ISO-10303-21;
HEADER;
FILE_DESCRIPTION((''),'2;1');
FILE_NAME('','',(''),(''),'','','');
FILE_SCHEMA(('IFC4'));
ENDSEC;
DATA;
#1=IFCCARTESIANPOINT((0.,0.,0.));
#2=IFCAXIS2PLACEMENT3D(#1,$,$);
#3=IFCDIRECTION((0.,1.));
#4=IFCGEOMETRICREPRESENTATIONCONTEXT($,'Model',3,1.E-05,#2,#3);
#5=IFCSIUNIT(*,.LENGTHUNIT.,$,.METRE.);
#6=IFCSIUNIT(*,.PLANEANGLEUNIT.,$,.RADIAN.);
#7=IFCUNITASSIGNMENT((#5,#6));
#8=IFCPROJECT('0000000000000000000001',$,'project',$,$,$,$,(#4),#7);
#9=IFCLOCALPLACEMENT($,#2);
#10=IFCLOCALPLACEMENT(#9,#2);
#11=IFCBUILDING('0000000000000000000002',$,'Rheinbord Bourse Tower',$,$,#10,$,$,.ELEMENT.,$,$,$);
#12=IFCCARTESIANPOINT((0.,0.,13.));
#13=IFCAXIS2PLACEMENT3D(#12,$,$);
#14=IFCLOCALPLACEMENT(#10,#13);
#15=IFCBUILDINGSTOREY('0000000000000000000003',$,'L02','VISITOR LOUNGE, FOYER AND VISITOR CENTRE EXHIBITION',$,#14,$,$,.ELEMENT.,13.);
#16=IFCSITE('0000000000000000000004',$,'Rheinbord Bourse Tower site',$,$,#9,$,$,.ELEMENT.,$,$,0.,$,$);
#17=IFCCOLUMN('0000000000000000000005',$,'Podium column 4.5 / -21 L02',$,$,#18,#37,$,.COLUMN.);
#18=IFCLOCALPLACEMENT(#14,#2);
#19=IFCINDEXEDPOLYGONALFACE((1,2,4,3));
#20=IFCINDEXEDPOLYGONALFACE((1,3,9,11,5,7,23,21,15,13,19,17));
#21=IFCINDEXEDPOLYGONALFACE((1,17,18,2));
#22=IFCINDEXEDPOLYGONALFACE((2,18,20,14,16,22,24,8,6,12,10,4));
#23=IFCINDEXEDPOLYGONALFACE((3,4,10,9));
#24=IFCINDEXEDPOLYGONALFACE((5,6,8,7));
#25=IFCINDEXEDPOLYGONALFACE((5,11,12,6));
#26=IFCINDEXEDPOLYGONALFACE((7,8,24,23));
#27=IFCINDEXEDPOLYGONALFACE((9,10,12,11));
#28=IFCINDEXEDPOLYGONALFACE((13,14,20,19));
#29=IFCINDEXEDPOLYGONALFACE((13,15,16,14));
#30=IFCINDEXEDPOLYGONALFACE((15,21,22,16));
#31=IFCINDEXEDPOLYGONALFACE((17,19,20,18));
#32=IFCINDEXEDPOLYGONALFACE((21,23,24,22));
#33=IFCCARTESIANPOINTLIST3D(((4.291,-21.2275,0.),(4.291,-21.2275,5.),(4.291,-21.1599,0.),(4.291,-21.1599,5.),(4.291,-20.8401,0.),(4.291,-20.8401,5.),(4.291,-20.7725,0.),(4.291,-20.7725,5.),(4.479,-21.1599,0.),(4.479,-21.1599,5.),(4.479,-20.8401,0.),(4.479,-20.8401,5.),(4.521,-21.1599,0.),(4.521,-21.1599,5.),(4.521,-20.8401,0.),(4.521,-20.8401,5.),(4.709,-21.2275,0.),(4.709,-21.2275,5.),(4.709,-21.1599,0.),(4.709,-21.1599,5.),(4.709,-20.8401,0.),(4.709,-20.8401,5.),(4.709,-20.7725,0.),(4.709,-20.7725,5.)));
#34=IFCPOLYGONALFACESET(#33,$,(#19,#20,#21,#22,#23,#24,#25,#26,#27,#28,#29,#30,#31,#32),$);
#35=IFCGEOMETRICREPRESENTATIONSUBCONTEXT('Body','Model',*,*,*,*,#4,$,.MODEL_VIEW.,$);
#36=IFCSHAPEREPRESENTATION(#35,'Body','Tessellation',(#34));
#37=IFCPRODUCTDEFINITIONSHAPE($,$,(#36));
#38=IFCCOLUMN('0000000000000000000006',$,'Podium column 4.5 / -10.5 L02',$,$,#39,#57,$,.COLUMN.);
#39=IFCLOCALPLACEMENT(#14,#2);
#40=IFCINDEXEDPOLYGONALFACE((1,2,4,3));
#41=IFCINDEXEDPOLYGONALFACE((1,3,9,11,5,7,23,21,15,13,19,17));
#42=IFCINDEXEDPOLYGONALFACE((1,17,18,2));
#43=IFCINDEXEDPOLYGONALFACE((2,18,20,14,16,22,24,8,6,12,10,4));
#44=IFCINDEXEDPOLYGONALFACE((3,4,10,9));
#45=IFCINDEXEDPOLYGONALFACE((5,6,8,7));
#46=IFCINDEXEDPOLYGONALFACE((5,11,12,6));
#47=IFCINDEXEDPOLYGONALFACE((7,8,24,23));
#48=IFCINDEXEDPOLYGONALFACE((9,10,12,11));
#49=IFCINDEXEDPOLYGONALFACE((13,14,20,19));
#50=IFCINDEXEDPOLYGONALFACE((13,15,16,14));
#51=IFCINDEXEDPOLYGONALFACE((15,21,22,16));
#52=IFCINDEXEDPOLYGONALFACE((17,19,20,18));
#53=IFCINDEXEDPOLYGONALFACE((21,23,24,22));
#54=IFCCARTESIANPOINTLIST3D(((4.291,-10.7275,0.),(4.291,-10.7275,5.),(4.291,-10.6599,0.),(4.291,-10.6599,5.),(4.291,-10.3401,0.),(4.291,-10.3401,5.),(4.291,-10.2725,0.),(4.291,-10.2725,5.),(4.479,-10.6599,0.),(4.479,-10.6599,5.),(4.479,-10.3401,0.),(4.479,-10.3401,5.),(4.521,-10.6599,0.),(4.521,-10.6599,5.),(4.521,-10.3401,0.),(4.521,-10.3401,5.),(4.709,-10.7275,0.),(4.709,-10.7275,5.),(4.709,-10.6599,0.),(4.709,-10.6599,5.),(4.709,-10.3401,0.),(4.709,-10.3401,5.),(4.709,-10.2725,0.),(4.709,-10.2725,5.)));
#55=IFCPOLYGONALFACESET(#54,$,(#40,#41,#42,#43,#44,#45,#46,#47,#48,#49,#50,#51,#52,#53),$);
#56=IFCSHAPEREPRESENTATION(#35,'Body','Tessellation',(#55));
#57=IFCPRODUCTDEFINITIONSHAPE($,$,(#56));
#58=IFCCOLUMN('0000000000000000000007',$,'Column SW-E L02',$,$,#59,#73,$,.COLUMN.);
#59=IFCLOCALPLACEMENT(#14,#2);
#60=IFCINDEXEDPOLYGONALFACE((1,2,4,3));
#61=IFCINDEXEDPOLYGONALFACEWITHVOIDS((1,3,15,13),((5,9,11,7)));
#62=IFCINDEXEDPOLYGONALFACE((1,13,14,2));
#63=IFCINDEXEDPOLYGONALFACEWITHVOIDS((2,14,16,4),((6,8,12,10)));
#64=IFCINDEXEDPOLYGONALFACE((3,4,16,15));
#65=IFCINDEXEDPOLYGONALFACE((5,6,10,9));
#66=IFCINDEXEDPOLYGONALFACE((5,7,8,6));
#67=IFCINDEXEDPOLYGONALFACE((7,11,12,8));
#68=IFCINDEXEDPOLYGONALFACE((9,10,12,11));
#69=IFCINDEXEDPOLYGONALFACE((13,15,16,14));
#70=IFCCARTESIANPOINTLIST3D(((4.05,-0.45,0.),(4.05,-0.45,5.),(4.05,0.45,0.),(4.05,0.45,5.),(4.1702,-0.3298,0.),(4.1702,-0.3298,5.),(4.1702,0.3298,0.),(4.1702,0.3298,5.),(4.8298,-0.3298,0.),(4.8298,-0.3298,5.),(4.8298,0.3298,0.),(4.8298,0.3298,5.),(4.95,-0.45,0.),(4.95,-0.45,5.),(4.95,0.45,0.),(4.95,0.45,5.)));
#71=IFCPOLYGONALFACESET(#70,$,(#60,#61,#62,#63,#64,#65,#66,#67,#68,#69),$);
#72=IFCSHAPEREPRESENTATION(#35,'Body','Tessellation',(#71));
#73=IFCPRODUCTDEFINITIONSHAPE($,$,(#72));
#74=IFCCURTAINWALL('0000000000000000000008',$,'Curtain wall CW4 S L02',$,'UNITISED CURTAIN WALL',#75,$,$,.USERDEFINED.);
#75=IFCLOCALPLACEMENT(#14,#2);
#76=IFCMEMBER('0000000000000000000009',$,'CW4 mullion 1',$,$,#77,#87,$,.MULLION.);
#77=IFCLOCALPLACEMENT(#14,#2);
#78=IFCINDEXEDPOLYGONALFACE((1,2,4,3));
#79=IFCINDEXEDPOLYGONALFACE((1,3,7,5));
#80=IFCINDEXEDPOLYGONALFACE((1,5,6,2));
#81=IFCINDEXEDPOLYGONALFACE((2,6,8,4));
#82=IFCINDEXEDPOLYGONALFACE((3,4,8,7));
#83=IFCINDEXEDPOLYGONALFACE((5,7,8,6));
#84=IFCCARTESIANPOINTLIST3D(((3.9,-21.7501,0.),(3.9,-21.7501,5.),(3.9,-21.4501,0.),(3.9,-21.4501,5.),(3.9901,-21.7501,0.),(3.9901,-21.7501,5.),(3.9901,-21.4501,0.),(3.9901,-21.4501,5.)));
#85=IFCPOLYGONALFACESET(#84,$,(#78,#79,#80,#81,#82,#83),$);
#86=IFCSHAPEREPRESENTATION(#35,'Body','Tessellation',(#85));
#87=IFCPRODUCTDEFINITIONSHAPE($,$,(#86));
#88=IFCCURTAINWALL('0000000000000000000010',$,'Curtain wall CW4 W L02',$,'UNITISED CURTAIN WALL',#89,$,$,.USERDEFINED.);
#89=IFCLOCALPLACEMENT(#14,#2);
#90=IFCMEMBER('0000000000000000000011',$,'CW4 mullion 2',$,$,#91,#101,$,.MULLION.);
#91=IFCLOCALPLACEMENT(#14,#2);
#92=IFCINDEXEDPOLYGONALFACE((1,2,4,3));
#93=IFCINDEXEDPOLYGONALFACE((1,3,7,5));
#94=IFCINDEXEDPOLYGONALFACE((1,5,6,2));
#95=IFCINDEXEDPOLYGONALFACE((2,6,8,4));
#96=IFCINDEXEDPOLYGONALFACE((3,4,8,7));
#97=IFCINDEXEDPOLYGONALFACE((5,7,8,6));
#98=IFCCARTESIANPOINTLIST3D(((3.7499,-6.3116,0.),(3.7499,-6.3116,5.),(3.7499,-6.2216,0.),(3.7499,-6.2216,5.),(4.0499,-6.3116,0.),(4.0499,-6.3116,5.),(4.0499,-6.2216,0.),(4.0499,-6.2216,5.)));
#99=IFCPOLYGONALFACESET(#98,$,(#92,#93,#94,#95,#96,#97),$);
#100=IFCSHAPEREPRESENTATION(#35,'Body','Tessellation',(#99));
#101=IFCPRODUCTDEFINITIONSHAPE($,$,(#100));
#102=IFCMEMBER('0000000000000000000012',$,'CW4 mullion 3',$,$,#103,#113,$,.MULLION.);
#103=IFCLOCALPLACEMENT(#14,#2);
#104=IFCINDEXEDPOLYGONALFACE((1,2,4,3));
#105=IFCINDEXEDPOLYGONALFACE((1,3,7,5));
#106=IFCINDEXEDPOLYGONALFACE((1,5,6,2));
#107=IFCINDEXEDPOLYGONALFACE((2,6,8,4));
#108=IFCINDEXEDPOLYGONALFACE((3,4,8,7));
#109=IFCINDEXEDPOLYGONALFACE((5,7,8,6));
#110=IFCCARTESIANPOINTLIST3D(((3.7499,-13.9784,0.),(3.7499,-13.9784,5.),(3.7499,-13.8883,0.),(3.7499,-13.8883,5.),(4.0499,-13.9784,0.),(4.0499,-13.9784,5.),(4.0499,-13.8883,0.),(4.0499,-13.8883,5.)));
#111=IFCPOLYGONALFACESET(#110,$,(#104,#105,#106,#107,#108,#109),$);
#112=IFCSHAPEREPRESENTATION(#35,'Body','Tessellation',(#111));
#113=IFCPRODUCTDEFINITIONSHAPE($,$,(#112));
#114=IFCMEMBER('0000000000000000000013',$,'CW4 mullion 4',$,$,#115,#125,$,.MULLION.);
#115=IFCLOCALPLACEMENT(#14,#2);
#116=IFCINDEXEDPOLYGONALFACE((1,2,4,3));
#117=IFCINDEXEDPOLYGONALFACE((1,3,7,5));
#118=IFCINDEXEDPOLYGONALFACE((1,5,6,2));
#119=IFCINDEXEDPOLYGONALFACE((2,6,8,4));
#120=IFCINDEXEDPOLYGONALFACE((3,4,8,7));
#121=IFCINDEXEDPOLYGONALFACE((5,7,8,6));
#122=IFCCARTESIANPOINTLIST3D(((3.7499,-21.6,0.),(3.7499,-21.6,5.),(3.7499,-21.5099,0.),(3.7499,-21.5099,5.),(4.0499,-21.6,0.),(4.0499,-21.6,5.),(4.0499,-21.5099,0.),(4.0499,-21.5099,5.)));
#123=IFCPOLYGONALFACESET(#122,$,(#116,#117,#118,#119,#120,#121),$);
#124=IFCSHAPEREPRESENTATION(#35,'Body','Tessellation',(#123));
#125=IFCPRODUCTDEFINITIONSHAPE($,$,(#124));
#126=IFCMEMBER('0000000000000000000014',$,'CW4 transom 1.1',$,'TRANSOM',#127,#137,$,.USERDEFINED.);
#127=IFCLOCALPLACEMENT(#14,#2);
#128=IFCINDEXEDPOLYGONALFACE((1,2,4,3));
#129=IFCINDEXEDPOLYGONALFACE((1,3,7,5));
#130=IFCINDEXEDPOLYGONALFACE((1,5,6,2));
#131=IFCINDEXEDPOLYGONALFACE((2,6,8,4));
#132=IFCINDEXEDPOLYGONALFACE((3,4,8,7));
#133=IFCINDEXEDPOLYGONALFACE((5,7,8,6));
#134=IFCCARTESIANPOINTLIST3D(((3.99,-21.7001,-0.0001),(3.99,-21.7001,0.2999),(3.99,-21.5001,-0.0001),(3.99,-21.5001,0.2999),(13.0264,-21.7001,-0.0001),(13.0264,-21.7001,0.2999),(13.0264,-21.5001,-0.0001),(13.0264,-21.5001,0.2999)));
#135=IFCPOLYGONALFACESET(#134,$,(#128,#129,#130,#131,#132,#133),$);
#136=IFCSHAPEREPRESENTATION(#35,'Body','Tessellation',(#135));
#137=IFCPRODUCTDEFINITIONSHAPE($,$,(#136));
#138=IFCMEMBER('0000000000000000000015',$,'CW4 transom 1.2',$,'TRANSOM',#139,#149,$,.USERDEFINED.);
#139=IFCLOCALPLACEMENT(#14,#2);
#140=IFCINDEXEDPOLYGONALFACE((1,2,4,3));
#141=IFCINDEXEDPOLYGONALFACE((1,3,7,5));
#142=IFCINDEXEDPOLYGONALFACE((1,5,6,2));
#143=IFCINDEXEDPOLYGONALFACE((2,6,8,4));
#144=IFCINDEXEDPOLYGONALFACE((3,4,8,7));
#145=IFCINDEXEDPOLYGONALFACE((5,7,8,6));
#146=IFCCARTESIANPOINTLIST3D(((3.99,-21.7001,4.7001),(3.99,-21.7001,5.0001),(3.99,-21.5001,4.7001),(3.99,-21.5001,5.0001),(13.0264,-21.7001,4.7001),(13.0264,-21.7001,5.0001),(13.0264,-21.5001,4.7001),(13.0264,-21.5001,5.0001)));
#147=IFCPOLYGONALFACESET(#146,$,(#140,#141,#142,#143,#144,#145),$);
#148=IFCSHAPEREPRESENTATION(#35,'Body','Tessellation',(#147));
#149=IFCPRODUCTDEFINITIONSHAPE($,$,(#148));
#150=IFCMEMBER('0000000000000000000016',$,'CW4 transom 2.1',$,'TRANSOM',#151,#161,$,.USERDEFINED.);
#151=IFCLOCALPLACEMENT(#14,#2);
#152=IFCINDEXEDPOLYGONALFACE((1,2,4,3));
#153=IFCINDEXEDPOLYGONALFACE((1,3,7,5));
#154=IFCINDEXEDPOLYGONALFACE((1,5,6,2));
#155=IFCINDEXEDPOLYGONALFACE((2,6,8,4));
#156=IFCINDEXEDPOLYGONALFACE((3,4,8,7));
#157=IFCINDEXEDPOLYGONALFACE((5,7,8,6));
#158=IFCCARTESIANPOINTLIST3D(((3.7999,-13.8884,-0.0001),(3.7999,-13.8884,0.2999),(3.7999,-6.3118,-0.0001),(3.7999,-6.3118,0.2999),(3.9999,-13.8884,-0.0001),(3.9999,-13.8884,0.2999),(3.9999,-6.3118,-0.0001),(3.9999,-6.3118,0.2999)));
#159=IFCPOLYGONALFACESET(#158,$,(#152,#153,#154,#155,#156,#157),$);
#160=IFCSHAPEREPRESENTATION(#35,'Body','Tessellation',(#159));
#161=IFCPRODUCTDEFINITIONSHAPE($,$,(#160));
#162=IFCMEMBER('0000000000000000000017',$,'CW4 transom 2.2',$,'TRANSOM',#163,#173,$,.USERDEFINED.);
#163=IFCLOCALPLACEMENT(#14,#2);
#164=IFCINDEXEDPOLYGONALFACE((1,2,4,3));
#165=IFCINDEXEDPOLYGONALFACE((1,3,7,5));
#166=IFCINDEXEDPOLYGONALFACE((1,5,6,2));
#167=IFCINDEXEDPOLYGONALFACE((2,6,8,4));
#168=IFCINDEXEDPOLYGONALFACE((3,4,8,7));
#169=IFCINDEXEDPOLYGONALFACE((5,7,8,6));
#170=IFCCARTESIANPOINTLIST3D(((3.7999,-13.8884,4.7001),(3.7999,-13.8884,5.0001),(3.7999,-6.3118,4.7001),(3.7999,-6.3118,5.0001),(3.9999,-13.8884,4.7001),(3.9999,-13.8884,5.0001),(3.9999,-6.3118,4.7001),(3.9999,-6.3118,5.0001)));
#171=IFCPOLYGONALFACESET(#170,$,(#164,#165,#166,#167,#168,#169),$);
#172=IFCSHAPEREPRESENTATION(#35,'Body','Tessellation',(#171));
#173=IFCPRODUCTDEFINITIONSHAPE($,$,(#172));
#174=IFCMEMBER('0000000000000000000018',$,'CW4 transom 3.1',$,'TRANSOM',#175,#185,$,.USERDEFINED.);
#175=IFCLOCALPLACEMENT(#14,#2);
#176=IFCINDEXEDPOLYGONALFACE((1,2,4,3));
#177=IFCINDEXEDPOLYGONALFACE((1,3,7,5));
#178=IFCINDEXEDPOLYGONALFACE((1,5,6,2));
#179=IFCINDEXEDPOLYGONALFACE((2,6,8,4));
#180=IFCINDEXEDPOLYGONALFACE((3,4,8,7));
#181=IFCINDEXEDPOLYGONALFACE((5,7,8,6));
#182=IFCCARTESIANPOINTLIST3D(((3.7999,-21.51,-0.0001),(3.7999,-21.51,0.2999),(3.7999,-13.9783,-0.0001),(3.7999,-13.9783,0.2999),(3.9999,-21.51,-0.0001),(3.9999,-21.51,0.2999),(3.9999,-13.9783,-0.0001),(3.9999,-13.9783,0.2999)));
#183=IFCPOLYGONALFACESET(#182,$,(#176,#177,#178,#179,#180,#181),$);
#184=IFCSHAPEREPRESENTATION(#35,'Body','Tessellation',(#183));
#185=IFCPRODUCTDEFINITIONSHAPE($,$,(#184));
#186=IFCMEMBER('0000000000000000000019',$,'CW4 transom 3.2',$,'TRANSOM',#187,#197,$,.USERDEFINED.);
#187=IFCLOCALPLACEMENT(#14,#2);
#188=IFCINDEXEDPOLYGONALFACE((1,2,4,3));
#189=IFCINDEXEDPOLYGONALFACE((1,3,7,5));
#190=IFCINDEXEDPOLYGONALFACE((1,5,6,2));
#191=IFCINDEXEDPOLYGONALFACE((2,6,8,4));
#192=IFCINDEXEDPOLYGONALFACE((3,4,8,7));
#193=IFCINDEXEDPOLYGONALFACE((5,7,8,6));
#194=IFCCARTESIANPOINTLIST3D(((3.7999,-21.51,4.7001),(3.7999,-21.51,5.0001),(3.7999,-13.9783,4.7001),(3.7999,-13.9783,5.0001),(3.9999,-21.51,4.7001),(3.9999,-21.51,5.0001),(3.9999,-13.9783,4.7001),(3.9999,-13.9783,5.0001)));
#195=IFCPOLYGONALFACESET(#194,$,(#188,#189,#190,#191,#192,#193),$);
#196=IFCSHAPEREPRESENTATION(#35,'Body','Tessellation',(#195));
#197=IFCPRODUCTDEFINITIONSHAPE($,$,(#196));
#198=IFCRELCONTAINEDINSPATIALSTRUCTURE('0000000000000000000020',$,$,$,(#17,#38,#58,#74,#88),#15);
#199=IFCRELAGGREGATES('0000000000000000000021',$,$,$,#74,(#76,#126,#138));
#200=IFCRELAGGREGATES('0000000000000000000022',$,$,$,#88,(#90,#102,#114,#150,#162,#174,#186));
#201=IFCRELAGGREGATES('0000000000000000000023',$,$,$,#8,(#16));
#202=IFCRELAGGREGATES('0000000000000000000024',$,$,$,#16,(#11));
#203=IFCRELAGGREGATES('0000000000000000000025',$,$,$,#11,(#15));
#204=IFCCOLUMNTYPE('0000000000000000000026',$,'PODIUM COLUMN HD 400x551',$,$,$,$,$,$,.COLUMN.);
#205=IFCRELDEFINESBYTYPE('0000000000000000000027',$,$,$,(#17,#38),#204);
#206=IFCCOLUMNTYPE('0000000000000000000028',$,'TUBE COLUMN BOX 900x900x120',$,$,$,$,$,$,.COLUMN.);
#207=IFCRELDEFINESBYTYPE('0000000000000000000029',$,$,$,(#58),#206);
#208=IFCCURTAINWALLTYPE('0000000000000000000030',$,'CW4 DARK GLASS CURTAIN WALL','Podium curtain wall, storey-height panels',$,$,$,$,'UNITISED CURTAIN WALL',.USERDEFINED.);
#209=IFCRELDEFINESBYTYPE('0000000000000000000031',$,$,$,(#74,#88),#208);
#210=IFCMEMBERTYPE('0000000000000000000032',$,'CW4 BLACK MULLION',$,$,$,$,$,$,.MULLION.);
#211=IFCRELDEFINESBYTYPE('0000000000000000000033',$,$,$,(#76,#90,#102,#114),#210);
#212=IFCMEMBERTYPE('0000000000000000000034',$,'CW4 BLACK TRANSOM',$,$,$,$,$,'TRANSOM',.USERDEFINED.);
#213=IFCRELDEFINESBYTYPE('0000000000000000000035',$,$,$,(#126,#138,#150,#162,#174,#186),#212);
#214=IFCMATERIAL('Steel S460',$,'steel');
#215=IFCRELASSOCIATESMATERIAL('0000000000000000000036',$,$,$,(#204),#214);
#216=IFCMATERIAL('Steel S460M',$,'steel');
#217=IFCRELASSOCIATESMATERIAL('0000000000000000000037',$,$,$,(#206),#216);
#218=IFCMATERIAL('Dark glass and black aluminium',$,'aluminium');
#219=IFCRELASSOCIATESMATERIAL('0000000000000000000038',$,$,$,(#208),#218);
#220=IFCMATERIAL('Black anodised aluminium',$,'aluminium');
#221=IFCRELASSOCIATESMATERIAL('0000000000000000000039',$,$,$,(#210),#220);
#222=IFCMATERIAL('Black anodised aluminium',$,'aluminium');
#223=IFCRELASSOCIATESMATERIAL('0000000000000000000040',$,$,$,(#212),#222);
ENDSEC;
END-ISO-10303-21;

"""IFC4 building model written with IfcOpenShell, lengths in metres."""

from ifc_helpers import new_model, si_unit, direction, frame, origin, origin_2d, place, context, subcontext, project, spatial, rectangle, hollow_rectangle, i_section, extrude, material, material_profile, profile_set, type_object, element, aggregate, save


model = new_model("IFC4")

# Units and contexts
model_context = context("Model", 3, precision=1e-05, world=origin(), true_north=direction((0.0, 1.0)))
body_context = subcontext(model_context, "Body", "Model", "MODEL_VIEW")
ifc_project = project(units=[si_unit("LENGTHUNIT", "METRE"), si_unit("PLANEANGLEUNIT", "RADIAN")], contexts=[model_context])

# Site, building, storey
site_placement = place(None, origin())
site = spatial("IfcSite", under=ifc_project, at=site_placement, Name="Rheinbord Bourse Tower site", CompositionType="ELEMENT", RefElevation=0.0)
building_placement = place(site_placement, origin())
building = spatial("IfcBuilding", under=site, at=building_placement, Name="Rheinbord Bourse Tower", CompositionType="ELEMENT")
storey_placement = place(building_placement, frame((0.0, 0.0, 13.0)))
storey = spatial("IfcBuildingStorey", under=building, at=storey_placement, Name="L02", Description="VISITOR LOUNGE, FOYER AND VISITOR CENTRE EXHIBITION", CompositionType="ELEMENT", Elevation=13.0)

# Columns
ifc_material_1 = material(Name="Steel S460", Category="steel")
ifc_material_profile_1 = material_profile(ifc_material_1, i_section(OverallWidth=0.418, OverallDepth=0.4551, WebThickness=0.042, FlangeThickness=0.0676, at=origin_2d()), Name="HD 400x551")
ifc_profile_set_1 = profile_set([ifc_material_profile_1], Name="Steel S460")
column_type_1 = type_object("IfcColumnType", Name="PODIUM COLUMN HD 400x551", PredefinedType="COLUMN", material=ifc_profile_set_1)
for number, where, z_axis, x_axis, name in (
    (1, (4.5, -21.0, 0.0), (0.0, 0.0, 1.0), (1.0, 0.0, 0.0), "Podium column 4.5 / -21 L02"),
    (2, (4.5, -10.5, 0.0), (0.0, 0.0, 1.0), (1.0, 0.0, 0.0), "Podium column 4.5 / -10.5 L02"),
):
    element("IfcColumn", number, at=place(storey_placement, frame(where, z_axis=z_axis, x_axis=x_axis)), inside=storey, type_object=column_type_1, Name=name, PredefinedType="COLUMN", context=body_context, shape_type="SweptSolid", body=[
        extrude(i_section(OverallWidth=0.418, OverallDepth=0.4551, WebThickness=0.042, FlangeThickness=0.0676, at=origin_2d()), origin(), (0.0, 0.0, 1.0), 5.0),
    ])
ifc_material_2 = material(Name="Steel S460M", Category="steel")
ifc_material_profile_2 = material_profile(ifc_material_2, hollow_rectangle(XDim=0.8999, YDim=0.8999, WallThickness=0.1201, at=origin_2d()), Name="BOX 900x900x120")
ifc_profile_set_2 = profile_set([ifc_material_profile_2], Name="Steel S460M")
column_type_2 = type_object("IfcColumnType", Name="TUBE COLUMN BOX 900x900x120", PredefinedType="COLUMN", material=ifc_profile_set_2)
column_placement = place(storey_placement, frame((4.5, 0.0, 0.0), z_axis=(0.0, 0.0, 1.0), x_axis=(0.0, 1.0, 0.0)))
element("IfcColumn", 3, at=column_placement, inside=storey, type_object=column_type_2, Name="Column SW-E L02", PredefinedType="COLUMN", context=body_context, shape_type="SweptSolid", body=[
    extrude(hollow_rectangle(XDim=0.8999, YDim=0.8999, WallThickness=0.1201, at=origin_2d()), origin(), (0.0, 0.0, 1.0), 5.0),
])

# Curtain wall, member
ifc_material_3 = material(Name="Dark glass and black aluminium", Category="aluminium")
curtain_wall_type = type_object("IfcCurtainWallType", Name="CW4 DARK GLASS CURTAIN WALL", Description="Podium curtain wall, storey-height panels", ElementType="UNITISED CURTAIN WALL", PredefinedType="USERDEFINED", material=ifc_material_3)
curtain_wall_1_placement = place(storey_placement, origin())
curtain_wall_1 = element("IfcCurtainWall", 4, at=curtain_wall_1_placement, inside=storey, type_object=curtain_wall_type, Name="Curtain wall CW4 S L02", ObjectType="UNITISED CURTAIN WALL", PredefinedType="USERDEFINED")
ifc_material_4 = material(Name="Black anodised aluminium", Category="aluminium")
ifc_material_profile_3 = material_profile(ifc_material_4, rectangle(XDim=0.3, YDim=0.0901, at=origin_2d()), Name="CW4 MULLION 90x300")
ifc_profile_set_3 = profile_set([ifc_material_profile_3], Name="Black anodised aluminium")
member_type_1 = type_object("IfcMemberType", Name="CW4 BLACK MULLION", PredefinedType="MULLION", material=ifc_profile_set_3)
member_1_placement = place(storey_placement, frame((3.9451, -21.6001, 0.0), z_axis=(0.0, 0.0, 1.0), x_axis=(0.0, 1.0, 0.0)))
member_1 = element("IfcMember", 5, at=member_1_placement, type_object=member_type_1, Name="CW4 mullion 1", PredefinedType="MULLION", context=body_context, shape_type="SweptSolid", body=[
    extrude(rectangle(XDim=0.3, YDim=0.0901, at=origin_2d()), origin(), (0.0, 0.0, 1.0), 5.0),
])

# Curtain wall, members
curtain_wall_2_placement = place(storey_placement, origin())
curtain_wall_2 = element("IfcCurtainWall", 6, at=curtain_wall_2_placement, inside=storey, type_object=curtain_wall_type, Name="Curtain wall CW4 W L02", ObjectType="UNITISED CURTAIN WALL", PredefinedType="USERDEFINED")
member_2_placement = place(storey_placement, frame((3.8999, -6.2666, 0.0), z_axis=(0.0, 0.0, 1.0), x_axis=(1.0, 0.0, 0.0)))
member_2 = element("IfcMember", 7, at=member_2_placement, type_object=member_type_1, Name="CW4 mullion 2", PredefinedType="MULLION", context=body_context, shape_type="SweptSolid", body=[
    extrude(rectangle(XDim=0.3, YDim=0.0901, at=origin_2d()), origin(), (0.0, 0.0, 1.0), 5.0),
])
member_3_placement = place(storey_placement, frame((3.8999, -13.9333, 0.0), z_axis=(0.0, 0.0, 1.0), x_axis=(1.0, 0.0, 0.0)))
member_3 = element("IfcMember", 8, at=member_3_placement, type_object=member_type_1, Name="CW4 mullion 3", PredefinedType="MULLION", context=body_context, shape_type="SweptSolid", body=[
    extrude(rectangle(XDim=0.3, YDim=0.0901, at=origin_2d()), origin(), (0.0, 0.0, 1.0), 5.0),
])
member_4_placement = place(storey_placement, frame((3.8999, -21.5549, 0.0), z_axis=(0.0, 0.0, 1.0), x_axis=(1.0, 0.0, 0.0)))
member_4 = element("IfcMember", 9, at=member_4_placement, type_object=member_type_1, Name="CW4 mullion 4", PredefinedType="MULLION", context=body_context, shape_type="SweptSolid", body=[
    extrude(rectangle(XDim=0.3, YDim=0.0901, at=origin_2d()), origin(), (0.0, 0.0, 1.0), 5.0),
])

# Members
ifc_material_5 = material(Name="Black anodised aluminium", Category="aluminium")
ifc_material_profile_4 = material_profile(ifc_material_5, rectangle(XDim=0.2, YDim=0.3, at=origin_2d()), Name="CW4 TRANSOM 300x200")
ifc_profile_set_4 = profile_set([ifc_material_profile_4], Name="Black anodised aluminium")
member_type_2 = type_object("IfcMemberType", Name="CW4 BLACK TRANSOM", ElementType="TRANSOM", PredefinedType="USERDEFINED", material=ifc_profile_set_4)
member_5_placement = place(storey_placement, frame((3.99, -21.6001, 0.1499), z_axis=(1.0, 0.0, 0.0), x_axis=(0.0, 1.0, 0.0)))
member_5 = element("IfcMember", 10, at=member_5_placement, type_object=member_type_2, Name="CW4 transom 1.1", ObjectType="TRANSOM", PredefinedType="USERDEFINED", context=body_context, shape_type="SweptSolid", body=[
    extrude(rectangle(XDim=0.2, YDim=0.3, at=origin_2d()), origin(), (0.0, 0.0, 1.0), 9.0364),
])
member_6_placement = place(storey_placement, frame((3.99, -21.6001, 4.8501), z_axis=(1.0, 0.0, 0.0), x_axis=(0.0, 1.0, 0.0)))
member_6 = element("IfcMember", 11, at=member_6_placement, type_object=member_type_2, Name="CW4 transom 1.2", ObjectType="TRANSOM", PredefinedType="USERDEFINED", context=body_context, shape_type="SweptSolid", body=[
    extrude(rectangle(XDim=0.2, YDim=0.3, at=origin_2d()), origin(), (0.0, 0.0, 1.0), 9.0364),
])
member_7_placement = place(storey_placement, frame((3.8999, -6.3118, 0.1499), z_axis=(0.0, -1.0, 0.0), x_axis=(1.0, 0.0, 0.0)))
member_7 = element("IfcMember", 12, at=member_7_placement, type_object=member_type_2, Name="CW4 transom 2.1", ObjectType="TRANSOM", PredefinedType="USERDEFINED", context=body_context, shape_type="SweptSolid", body=[
    extrude(rectangle(XDim=0.2, YDim=0.3, at=origin_2d()), origin(), (0.0, 0.0, 1.0), 7.5767),
])
member_8_placement = place(storey_placement, frame((3.8999, -6.3118, 4.8501), z_axis=(0.0, -1.0, 0.0), x_axis=(1.0, 0.0, 0.0)))
member_8 = element("IfcMember", 13, at=member_8_placement, type_object=member_type_2, Name="CW4 transom 2.2", ObjectType="TRANSOM", PredefinedType="USERDEFINED", context=body_context, shape_type="SweptSolid", body=[
    extrude(rectangle(XDim=0.2, YDim=0.3, at=origin_2d()), origin(), (0.0, 0.0, 1.0), 7.5767),
])
member_9_placement = place(storey_placement, frame((3.8999, -13.9783, 0.1499), z_axis=(0.0, -1.0, 0.0), x_axis=(1.0, 0.0, 0.0)))
member_9 = element("IfcMember", 14, at=member_9_placement, type_object=member_type_2, Name="CW4 transom 3.1", ObjectType="TRANSOM", PredefinedType="USERDEFINED", context=body_context, shape_type="SweptSolid", body=[
    extrude(rectangle(XDim=0.2, YDim=0.3, at=origin_2d()), origin(), (0.0, 0.0, 1.0), 7.5317),
])
member_10_placement = place(storey_placement, frame((3.8999, -13.9783, 4.8501), z_axis=(0.0, -1.0, 0.0), x_axis=(1.0, 0.0, 0.0)))
member_10 = element("IfcMember", 15, at=member_10_placement, type_object=member_type_2, Name="CW4 transom 3.2", ObjectType="TRANSOM", PredefinedType="USERDEFINED", context=body_context, shape_type="SweptSolid", body=[
    extrude(rectangle(XDim=0.2, YDim=0.3, at=origin_2d()), origin(), (0.0, 0.0, 1.0), 7.5317),
])

aggregate(curtain_wall_1, [member_1, member_5, member_6])
aggregate(curtain_wall_2, [member_2, member_3, member_4, member_7, member_8, member_9, member_10])

save(model, "model.ifc")
